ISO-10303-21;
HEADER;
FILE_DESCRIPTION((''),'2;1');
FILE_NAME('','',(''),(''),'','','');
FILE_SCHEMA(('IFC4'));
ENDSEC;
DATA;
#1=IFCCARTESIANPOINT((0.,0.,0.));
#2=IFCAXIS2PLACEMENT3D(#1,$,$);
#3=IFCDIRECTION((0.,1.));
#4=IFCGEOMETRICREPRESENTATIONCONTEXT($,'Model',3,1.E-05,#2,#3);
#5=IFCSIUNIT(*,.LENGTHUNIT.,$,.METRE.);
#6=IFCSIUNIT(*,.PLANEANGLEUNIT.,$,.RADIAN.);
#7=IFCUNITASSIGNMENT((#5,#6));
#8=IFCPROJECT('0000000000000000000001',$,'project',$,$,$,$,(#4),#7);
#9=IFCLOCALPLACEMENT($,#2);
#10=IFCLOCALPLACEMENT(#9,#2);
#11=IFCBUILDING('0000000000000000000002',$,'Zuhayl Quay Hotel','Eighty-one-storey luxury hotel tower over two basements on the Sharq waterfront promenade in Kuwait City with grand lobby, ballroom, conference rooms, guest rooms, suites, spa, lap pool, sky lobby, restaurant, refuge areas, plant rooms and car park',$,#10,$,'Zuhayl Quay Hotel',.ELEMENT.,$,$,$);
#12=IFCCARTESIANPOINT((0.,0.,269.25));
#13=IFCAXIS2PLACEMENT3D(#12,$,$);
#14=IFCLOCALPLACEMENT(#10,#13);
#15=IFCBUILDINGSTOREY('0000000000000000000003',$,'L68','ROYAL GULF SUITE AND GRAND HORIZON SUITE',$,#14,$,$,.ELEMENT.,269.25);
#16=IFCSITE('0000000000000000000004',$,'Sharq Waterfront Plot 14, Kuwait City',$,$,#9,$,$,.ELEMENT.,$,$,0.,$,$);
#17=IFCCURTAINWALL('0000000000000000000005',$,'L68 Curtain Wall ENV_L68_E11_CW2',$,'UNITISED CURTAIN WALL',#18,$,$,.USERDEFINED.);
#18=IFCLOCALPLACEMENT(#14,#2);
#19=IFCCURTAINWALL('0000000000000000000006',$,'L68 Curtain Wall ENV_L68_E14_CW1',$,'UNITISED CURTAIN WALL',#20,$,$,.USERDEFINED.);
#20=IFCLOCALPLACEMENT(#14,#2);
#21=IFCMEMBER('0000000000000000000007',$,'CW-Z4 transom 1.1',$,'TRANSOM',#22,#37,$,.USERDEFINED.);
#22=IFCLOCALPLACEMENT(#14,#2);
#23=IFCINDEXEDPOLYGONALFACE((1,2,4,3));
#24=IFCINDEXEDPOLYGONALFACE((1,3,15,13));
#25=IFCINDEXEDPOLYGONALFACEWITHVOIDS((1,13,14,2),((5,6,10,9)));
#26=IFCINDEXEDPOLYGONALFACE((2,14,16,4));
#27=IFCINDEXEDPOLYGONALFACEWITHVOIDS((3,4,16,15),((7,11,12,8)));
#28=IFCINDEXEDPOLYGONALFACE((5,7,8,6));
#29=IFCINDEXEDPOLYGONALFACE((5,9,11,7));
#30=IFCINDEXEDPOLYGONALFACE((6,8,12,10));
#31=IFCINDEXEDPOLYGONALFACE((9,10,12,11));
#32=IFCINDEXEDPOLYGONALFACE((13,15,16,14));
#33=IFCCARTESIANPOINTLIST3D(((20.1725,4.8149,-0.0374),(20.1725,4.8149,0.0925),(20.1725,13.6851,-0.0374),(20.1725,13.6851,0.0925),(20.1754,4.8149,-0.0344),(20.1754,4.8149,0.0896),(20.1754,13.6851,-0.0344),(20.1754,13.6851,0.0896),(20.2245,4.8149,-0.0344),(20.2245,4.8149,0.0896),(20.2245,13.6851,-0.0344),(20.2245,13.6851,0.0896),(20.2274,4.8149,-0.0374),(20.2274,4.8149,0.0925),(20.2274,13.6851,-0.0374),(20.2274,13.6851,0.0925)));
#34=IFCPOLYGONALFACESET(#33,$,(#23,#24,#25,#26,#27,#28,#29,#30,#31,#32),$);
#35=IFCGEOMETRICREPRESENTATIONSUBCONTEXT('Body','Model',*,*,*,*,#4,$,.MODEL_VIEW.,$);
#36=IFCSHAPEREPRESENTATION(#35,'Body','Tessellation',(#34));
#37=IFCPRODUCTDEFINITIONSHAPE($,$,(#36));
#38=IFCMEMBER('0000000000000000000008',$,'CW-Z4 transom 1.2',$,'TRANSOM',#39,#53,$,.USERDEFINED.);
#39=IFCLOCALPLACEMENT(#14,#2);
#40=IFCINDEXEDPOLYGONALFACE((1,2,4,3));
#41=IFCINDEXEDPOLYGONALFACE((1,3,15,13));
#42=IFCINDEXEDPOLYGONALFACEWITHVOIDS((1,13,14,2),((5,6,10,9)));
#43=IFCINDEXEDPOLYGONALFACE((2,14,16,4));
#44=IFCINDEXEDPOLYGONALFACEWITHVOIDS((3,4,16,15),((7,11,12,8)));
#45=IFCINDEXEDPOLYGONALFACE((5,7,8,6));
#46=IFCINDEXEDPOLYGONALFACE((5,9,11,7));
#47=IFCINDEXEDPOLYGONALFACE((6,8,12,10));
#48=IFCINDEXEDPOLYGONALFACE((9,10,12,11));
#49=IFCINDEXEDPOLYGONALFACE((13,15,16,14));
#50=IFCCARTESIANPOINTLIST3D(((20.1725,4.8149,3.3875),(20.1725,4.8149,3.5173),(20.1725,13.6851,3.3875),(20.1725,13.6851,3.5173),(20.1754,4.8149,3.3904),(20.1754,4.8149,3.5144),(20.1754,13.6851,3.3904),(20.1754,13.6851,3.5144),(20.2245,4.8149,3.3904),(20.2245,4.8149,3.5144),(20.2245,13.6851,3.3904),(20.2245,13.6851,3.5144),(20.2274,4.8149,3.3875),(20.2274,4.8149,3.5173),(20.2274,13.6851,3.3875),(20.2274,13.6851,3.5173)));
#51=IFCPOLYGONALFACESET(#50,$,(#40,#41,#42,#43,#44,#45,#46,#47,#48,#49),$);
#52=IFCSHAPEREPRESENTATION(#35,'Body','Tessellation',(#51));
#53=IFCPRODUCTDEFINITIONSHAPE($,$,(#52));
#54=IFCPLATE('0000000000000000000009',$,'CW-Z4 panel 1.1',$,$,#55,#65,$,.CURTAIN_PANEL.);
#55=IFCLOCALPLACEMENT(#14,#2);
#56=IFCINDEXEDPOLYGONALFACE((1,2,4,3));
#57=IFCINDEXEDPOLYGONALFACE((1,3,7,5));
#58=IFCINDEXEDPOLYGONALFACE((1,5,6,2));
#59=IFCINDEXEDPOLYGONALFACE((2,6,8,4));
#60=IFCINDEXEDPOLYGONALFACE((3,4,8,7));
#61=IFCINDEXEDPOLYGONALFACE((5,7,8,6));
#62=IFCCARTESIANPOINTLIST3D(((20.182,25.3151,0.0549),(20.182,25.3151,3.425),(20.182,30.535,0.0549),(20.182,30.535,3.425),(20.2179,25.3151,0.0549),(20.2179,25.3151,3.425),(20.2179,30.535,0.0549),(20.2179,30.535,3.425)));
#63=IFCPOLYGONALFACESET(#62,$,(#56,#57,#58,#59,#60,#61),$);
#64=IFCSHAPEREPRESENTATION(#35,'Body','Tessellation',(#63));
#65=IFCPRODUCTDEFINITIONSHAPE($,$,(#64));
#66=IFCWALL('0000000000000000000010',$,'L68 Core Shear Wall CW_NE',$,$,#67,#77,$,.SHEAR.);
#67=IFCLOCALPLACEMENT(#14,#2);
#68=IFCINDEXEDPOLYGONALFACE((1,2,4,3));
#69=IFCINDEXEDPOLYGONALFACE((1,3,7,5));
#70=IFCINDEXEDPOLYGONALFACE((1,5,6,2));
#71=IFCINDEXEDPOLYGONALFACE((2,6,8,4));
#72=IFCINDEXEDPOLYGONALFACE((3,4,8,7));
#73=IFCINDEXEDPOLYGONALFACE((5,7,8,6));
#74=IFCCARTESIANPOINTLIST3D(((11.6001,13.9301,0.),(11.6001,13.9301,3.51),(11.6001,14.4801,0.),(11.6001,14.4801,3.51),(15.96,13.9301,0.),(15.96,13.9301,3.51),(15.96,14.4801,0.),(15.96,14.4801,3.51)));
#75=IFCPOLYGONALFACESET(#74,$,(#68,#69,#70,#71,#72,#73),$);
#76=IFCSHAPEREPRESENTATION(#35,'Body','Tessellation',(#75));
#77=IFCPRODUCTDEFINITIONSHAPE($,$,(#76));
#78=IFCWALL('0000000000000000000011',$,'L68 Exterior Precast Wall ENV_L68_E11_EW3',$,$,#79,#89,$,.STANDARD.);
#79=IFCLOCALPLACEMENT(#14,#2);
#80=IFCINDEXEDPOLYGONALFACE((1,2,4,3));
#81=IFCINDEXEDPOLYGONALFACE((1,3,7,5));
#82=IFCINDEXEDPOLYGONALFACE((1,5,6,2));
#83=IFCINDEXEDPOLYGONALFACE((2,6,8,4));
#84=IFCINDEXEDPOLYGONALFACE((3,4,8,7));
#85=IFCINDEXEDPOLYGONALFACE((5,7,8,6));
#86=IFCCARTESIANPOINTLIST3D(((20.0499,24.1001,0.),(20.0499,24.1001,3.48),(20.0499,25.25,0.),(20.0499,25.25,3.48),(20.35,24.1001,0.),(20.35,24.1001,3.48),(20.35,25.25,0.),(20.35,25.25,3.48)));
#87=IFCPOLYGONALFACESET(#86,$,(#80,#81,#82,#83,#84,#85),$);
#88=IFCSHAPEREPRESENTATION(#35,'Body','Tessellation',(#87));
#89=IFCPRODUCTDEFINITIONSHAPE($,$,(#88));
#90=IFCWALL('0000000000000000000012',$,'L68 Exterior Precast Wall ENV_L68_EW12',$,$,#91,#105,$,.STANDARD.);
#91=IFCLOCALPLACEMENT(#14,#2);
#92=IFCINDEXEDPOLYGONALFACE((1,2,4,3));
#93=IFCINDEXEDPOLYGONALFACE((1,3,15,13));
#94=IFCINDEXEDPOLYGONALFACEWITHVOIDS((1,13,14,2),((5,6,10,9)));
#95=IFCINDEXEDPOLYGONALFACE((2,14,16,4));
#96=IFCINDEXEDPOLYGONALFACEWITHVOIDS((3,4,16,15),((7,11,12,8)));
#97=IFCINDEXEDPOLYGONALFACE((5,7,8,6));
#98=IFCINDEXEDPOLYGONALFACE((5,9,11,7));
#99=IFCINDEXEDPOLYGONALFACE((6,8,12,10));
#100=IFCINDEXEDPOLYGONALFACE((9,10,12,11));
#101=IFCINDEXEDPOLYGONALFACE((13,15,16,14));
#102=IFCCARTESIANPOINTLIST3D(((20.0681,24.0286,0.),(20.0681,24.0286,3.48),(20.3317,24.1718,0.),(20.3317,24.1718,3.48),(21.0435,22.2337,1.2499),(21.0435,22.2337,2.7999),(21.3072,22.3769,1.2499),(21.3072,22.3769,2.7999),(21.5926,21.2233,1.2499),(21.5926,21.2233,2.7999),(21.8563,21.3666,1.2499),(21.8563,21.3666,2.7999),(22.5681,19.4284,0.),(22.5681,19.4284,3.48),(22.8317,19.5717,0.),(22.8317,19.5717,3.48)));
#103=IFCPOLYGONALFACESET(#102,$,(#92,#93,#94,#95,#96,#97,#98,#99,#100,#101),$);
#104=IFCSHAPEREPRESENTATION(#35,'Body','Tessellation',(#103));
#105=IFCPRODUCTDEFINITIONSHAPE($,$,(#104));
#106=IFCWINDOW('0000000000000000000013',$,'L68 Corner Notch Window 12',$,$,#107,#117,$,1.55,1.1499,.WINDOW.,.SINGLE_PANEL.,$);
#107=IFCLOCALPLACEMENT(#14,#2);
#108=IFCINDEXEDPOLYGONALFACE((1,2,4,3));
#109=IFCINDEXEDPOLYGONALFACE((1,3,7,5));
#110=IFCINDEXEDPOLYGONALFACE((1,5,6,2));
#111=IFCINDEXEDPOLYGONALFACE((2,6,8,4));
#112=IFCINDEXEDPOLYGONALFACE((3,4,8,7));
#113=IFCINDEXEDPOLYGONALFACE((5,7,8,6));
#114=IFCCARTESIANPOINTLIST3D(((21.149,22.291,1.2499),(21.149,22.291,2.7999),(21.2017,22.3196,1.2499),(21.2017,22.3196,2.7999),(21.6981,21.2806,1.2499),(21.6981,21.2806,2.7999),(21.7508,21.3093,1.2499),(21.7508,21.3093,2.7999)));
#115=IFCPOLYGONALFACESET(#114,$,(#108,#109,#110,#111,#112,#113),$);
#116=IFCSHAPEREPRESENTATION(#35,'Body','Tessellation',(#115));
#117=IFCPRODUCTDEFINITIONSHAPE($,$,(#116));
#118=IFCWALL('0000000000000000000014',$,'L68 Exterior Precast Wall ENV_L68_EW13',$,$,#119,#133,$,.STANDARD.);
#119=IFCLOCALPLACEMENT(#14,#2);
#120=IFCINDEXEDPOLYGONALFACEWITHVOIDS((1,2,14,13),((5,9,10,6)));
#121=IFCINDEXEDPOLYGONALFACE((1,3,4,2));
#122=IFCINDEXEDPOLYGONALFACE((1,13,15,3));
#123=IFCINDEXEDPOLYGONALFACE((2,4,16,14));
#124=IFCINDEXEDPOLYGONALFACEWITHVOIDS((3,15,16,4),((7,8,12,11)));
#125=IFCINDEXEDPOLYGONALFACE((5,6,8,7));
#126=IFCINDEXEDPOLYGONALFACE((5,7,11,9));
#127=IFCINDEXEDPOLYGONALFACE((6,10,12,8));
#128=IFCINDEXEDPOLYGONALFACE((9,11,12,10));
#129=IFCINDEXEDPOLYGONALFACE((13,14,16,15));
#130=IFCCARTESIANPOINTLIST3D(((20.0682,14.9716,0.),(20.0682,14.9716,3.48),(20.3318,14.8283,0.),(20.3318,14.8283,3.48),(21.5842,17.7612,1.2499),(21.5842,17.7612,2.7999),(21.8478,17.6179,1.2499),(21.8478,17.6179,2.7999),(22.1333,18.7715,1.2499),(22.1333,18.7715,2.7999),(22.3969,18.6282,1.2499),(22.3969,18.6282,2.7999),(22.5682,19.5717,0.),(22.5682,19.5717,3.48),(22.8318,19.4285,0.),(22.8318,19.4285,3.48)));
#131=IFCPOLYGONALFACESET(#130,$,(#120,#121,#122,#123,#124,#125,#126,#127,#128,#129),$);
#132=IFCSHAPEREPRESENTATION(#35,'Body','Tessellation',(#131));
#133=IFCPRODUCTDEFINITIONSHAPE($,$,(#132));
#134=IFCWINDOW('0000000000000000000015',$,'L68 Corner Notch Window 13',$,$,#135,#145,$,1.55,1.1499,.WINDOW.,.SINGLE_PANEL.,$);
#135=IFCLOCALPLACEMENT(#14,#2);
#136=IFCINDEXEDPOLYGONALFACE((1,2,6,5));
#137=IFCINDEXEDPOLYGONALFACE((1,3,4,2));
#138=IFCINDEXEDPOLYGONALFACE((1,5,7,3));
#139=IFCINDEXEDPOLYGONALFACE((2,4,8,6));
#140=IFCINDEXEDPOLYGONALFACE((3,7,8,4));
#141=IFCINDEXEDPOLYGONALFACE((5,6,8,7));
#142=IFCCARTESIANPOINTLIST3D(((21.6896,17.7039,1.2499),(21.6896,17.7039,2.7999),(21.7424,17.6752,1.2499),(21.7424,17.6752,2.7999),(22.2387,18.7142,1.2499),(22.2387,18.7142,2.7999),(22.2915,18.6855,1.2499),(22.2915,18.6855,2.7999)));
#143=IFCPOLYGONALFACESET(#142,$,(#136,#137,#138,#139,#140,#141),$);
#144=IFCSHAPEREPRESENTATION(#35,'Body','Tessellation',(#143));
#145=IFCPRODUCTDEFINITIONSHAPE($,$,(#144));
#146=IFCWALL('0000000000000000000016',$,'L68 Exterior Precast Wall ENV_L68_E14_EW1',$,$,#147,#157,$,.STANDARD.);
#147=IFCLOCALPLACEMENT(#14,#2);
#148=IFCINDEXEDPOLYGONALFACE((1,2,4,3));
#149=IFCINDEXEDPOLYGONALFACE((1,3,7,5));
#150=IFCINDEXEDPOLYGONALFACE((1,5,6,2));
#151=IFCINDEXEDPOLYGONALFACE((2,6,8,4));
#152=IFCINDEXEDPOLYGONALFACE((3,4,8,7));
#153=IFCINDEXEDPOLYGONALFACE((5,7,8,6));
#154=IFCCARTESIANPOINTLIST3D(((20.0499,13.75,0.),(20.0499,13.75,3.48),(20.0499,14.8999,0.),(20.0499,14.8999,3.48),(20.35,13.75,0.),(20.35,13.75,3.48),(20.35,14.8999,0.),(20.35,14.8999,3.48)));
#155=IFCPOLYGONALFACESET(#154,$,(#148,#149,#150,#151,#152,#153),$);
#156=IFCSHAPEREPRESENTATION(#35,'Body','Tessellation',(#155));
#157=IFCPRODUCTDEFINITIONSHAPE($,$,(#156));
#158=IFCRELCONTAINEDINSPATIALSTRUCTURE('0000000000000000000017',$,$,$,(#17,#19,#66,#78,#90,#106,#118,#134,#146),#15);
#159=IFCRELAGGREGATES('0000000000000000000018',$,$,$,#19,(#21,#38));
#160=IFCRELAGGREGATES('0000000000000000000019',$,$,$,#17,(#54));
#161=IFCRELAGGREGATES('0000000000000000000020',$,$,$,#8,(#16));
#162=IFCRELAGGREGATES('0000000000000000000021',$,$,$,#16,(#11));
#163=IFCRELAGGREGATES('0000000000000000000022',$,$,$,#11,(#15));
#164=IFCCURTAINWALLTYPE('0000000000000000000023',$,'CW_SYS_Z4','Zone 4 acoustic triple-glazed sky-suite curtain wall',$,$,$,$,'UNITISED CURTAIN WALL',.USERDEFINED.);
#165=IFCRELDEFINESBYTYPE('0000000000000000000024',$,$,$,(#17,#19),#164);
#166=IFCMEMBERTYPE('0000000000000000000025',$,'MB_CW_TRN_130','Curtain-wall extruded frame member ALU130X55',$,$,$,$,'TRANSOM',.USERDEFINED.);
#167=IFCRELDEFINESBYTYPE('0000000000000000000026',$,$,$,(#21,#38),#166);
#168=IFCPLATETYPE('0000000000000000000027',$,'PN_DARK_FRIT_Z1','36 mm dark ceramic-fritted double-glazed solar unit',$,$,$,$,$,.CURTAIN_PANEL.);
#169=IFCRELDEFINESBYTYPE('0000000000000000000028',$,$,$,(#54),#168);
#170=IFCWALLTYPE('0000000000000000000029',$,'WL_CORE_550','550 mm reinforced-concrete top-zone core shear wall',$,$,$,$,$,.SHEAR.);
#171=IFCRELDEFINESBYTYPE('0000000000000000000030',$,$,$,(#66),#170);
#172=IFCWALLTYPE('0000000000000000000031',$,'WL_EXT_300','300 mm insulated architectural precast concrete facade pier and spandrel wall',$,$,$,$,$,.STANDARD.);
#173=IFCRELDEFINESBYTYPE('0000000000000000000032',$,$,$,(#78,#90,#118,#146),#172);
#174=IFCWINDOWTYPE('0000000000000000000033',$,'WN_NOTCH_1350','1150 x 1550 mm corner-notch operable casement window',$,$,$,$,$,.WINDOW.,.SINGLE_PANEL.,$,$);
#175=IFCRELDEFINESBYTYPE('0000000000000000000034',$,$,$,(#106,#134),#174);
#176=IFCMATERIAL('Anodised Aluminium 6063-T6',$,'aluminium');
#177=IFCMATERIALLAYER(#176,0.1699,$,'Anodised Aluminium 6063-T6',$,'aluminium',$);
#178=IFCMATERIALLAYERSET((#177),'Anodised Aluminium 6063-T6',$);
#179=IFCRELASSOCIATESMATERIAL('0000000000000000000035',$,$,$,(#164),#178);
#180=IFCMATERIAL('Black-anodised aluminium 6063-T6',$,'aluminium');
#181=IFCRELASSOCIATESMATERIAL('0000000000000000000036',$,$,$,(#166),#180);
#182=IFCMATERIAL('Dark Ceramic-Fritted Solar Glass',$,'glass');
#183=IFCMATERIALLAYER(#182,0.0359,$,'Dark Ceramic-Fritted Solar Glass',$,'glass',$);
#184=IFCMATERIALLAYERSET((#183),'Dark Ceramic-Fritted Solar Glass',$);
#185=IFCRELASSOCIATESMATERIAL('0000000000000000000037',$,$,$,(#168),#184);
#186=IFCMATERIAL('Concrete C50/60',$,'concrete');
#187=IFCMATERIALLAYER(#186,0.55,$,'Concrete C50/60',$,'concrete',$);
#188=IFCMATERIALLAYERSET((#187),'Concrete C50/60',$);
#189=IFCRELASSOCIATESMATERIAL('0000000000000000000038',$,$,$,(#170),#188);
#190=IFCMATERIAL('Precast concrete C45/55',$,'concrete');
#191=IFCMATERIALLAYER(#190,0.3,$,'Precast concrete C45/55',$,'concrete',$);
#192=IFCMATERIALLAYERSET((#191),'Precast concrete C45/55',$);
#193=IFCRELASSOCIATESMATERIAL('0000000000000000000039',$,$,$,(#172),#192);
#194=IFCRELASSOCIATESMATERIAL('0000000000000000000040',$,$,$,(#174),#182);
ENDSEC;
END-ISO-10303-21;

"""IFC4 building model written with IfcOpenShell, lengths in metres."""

from ifc_helpers import new_model, si_unit, direction, frame, frame_2d, origin, origin_2d, place, context, subcontext, project, spatial, rectangle, hollow_rectangle, extrude, material, layer, layer_set, material_profile, profile_set, type_object, element, fill, aggregate, save


model = new_model("IFC4")

# Units and contexts
model_context = context("Model", 3, precision=1e-05, world=origin(), true_north=direction((0.0, 1.0)))
body_context = subcontext(model_context, "Body", "Model", "MODEL_VIEW")
ifc_project = project(units=[si_unit("LENGTHUNIT", "METRE"), si_unit("PLANEANGLEUNIT", "RADIAN")], contexts=[model_context])

# Site, building, storey
site_placement = place(None, origin())
site = spatial("IfcSite", under=ifc_project, at=site_placement, Name="Sharq Waterfront Plot 14, Kuwait City", CompositionType="ELEMENT", RefElevation=0.0)
building_placement = place(site_placement, origin())
building = spatial("IfcBuilding", under=site, at=building_placement, Name="Zuhayl Quay Hotel", Description="Eighty-one-storey luxury hotel tower over two basements on the Sharq waterfront promenade in Kuwait City with grand lobby, ballroom, conference rooms, guest rooms, suites, spa, lap pool, sky lobby, restaurant, refuge areas, plant rooms and car park", LongName="Zuhayl Quay Hotel", CompositionType="ELEMENT")
storey_placement = place(building_placement, frame((0.0, 0.0, 269.25)))
storey = spatial("IfcBuildingStorey", under=building, at=storey_placement, Name="L68", Description="ROYAL GULF SUITE AND GRAND HORIZON SUITE", CompositionType="ELEMENT", Elevation=269.25)

# Curtain wall
ifc_material_1 = material(Name="Anodised Aluminium 6063-T6", Category="aluminium")
ifc_layer_1 = layer(ifc_material_1, 0.1699, Name="Anodised Aluminium 6063-T6", Category="aluminium")
ifc_layer_set_1 = layer_set([ifc_layer_1], Name="Anodised Aluminium 6063-T6")
curtain_wall_type = type_object("IfcCurtainWallType", Name="CW_SYS_Z4", Description="Zone 4 acoustic triple-glazed sky-suite curtain wall", ElementType="UNITISED CURTAIN WALL", PredefinedType="USERDEFINED", material=ifc_layer_set_1)
curtain_wall_1_placement = place(storey_placement, origin())
curtain_wall_1 = element("IfcCurtainWall", 1, at=curtain_wall_1_placement, inside=storey, type_object=curtain_wall_type, Name="L68 Curtain Wall ENV_L68_E11_CW2", ObjectType="UNITISED CURTAIN WALL", PredefinedType="USERDEFINED")
ifc_material_2 = material(Name="Black-anodised aluminium 6063-T6", Category="aluminium")

# Curtain wall, members
curtain_wall_2_placement = place(storey_placement, origin())
curtain_wall_2 = element("IfcCurtainWall", 2, at=curtain_wall_2_placement, inside=storey, type_object=curtain_wall_type, Name="L68 Curtain Wall ENV_L68_E14_CW1", ObjectType="UNITISED CURTAIN WALL", PredefinedType="USERDEFINED")
ifc_material_profile_1 = material_profile(ifc_material_2, hollow_rectangle(XDim=0.0549, YDim=0.1299, WallThickness=0.0029, at=origin_2d()), Name="ALU130X55")
ifc_profile_set_1 = profile_set([ifc_material_profile_1], Name="Black-anodised aluminium 6063-T6")
member_type_1 = type_object("IfcMemberType", Name="MB_CW_TRN_130", Description="Curtain-wall extruded frame member ALU130X55", ElementType="TRANSOM", PredefinedType="USERDEFINED", material=ifc_profile_set_1)
member_1_placement = place(storey_placement, frame((20.2, 13.6851, 0.0276), z_axis=(0.0, -1.0, 0.0), x_axis=(1.0, 0.0, 0.0)))
member_1 = element("IfcMember", 3, at=member_1_placement, type_object=member_type_1, Name="CW-Z4 transom 1.1", ObjectType="TRANSOM", PredefinedType="USERDEFINED", context=body_context, shape_type="SweptSolid", body=[
    extrude(hollow_rectangle(XDim=0.0549, YDim=0.1299, WallThickness=0.0029, at=origin_2d()), origin(), (0.0, 0.0, 1.0), 8.8701),
])
member_2_placement = place(storey_placement, frame((20.2, 13.6851, 3.4524), z_axis=(0.0, -1.0, 0.0), x_axis=(1.0, 0.0, 0.0)))
member_2 = element("IfcMember", 4, at=member_2_placement, type_object=member_type_1, Name="CW-Z4 transom 1.2", ObjectType="TRANSOM", PredefinedType="USERDEFINED", context=body_context, shape_type="SweptSolid", body=[
    extrude(hollow_rectangle(XDim=0.0549, YDim=0.1299, WallThickness=0.0029, at=origin_2d()), origin(), (0.0, 0.0, 1.0), 8.8701),
])
aggregate(curtain_wall_2, [member_1, member_2])

# Plate
ifc_material_3 = material(Name="Dark Ceramic-Fritted Solar Glass", Category="glass")
ifc_layer_2 = layer(ifc_material_3, 0.0359, Name="Dark Ceramic-Fritted Solar Glass", Category="glass")
ifc_layer_set_2 = layer_set([ifc_layer_2], Name="Dark Ceramic-Fritted Solar Glass")
plate_type = type_object("IfcPlateType", Name="PN_DARK_FRIT_Z1", Description="36 mm dark ceramic-fritted double-glazed solar unit", PredefinedType="CURTAIN_PANEL", material=ifc_layer_set_2)
plate_placement = place(storey_placement, frame((20.2, 27.925, 0.0549), z_axis=(0.0, 0.0, 1.0), x_axis=(0.0, -1.0, 0.0)))
plate = element("IfcPlate", 5, at=plate_placement, type_object=plate_type, Name="CW-Z4 panel 1.1", PredefinedType="CURTAIN_PANEL", context=body_context, shape_type="SweptSolid", body=[
    extrude(rectangle(XDim=5.22, YDim=0.0359, at=origin_2d()), origin(), (0.0, 0.0, 1.0), 3.3701),
])
aggregate(curtain_wall_1, [plate])

# Walls
ifc_material_4 = material(Name="Concrete C50/60", Category="concrete")
ifc_layer_3 = layer(ifc_material_4, 0.55, Name="Concrete C50/60", Category="concrete")
ifc_layer_set_3 = layer_set([ifc_layer_3], Name="Concrete C50/60")
wall_type_1 = type_object("IfcWallType", Name="WL_CORE_550", Description="550 mm reinforced-concrete top-zone core shear wall", PredefinedType="SHEAR", material=ifc_layer_set_3)
wall_1_placement = place(storey_placement, frame((11.6001, 14.2051, 0.0), z_axis=(0.0, 0.0, 1.0), x_axis=(1.0, 0.0, 0.0)))
element("IfcWall", 6, at=wall_1_placement, inside=storey, type_object=wall_type_1, Name="L68 Core Shear Wall CW_NE", PredefinedType="SHEAR", context=body_context, shape_type="SweptSolid", body=[
    extrude(rectangle(XDim=4.3599, YDim=0.55, at=frame_2d((2.1799, 0.0))), origin(), (0.0, 0.0, 1.0), 3.51),
])
ifc_material_5 = material(Name="Precast concrete C45/55", Category="concrete")
ifc_layer_4 = layer(ifc_material_5, 0.3, Name="Precast concrete C45/55", Category="concrete")
ifc_layer_set_4 = layer_set([ifc_layer_4], Name="Precast concrete C45/55")
wall_type_2 = type_object("IfcWallType", Name="WL_EXT_300", Description="300 mm insulated architectural precast concrete facade pier and spandrel wall", PredefinedType="STANDARD", material=ifc_layer_set_4)
wall_2_placement = place(storey_placement, frame((20.2, 25.25, 0.0), z_axis=(0.0, 0.0, 1.0), x_axis=(0.0, -1.0, 0.0)))
element("IfcWall", 7, at=wall_2_placement, inside=storey, type_object=wall_type_2, Name="L68 Exterior Precast Wall ENV_L68_E11_EW3", PredefinedType="STANDARD", context=body_context, shape_type="SweptSolid", body=[
    extrude(rectangle(XDim=1.1499, YDim=0.3, at=frame_2d((0.575, 0.0))), origin(), (0.0, 0.0, 1.0), 3.48),
])

# Walls, openings, windows
wall_3_placement = place(storey_placement, frame((20.2, 24.1001, 0.0), z_axis=(0.0, 0.0, 1.0), x_axis=(0.477505, -0.878629, 0.0)))
wall_3 = element("IfcWall", 8, at=wall_3_placement, inside=storey, type_object=wall_type_2, Name="L68 Exterior Precast Wall ENV_L68_EW12", PredefinedType="STANDARD", context=body_context, shape_type="SweptSolid", body=[
    extrude(rectangle(XDim=5.2356, YDim=0.3, at=frame_2d((2.6177, 0.0))), origin(), (0.0, 0.0, 1.0), 3.48),
])
opening_1_placement = place(wall_3_placement, frame((2.0427, 0.0, 1.25)))
opening_1 = element("IfcOpeningElement", 9, at=opening_1_placement, cuts=wall_3, PredefinedType="OPENING", context=body_context, shape_type="SweptSolid", body=[
    extrude(rectangle(XDim=1.1499, YDim=1.55, at=frame_2d((0.575, 0.7749))), frame((0.0, 0.1599, 0.0), z_axis=(0.0, -1.0, 0.0), x_axis=(1.0, 0.0, 0.0)), (0.0, 0.0, 1.0), 0.3201),
])
window_type = type_object("IfcWindowType", Name="WN_NOTCH_1350", Description="1150 x 1550 mm corner-notch operable casement window", PartitioningType="SINGLE_PANEL", PredefinedType="WINDOW", material=ifc_material_3)
window_1_placement = place(opening_1_placement, origin())
window_1 = element("IfcWindow", 10, at=window_1_placement, inside=storey, type_object=window_type, Name="L68 Corner Notch Window 12", OverallHeight=1.55, OverallWidth=1.1499, PartitioningType="SINGLE_PANEL", PredefinedType="WINDOW", context=body_context, shape_type="SweptSolid", body=[
    extrude(rectangle(XDim=1.1499, YDim=1.55, at=frame_2d((0.575, 0.7749))), frame((0.0, 0.03, 0.0), z_axis=(0.0, -1.0, 0.0), x_axis=(1.0, 0.0, 0.0)), (0.0, 0.0, 1.0), 0.0601),
])
fill(opening_1, window_1)
wall_4_placement = place(storey_placement, frame((22.7, 19.5, 0.0), z_axis=(0.0, 0.0, 1.0), x_axis=(-0.477505, -0.878629, 0.0)))
wall_4 = element("IfcWall", 11, at=wall_4_placement, inside=storey, type_object=wall_type_2, Name="L68 Exterior Precast Wall ENV_L68_EW13", PredefinedType="STANDARD", context=body_context, shape_type="SweptSolid", body=[
    extrude(rectangle(XDim=5.2356, YDim=0.3, at=frame_2d((2.6177, 0.0))), origin(), (0.0, 0.0, 1.0), 3.48),
])
opening_2_placement = place(wall_4_placement, frame((0.9106, 0.0, 1.25)))
opening_2 = element("IfcOpeningElement", 12, at=opening_2_placement, cuts=wall_4, PredefinedType="OPENING", context=body_context, shape_type="SweptSolid", body=[
    extrude(rectangle(XDim=1.1499, YDim=1.55, at=frame_2d((0.575, 0.7749))), frame((0.0, 0.1599, 0.0), z_axis=(0.0, -1.0, 0.0), x_axis=(1.0, 0.0, 0.0)), (0.0, 0.0, 1.0), 0.3201),
])
window_2_placement = place(opening_2_placement, origin())
window_2 = element("IfcWindow", 13, at=window_2_placement, inside=storey, type_object=window_type, Name="L68 Corner Notch Window 13", OverallHeight=1.55, OverallWidth=1.1499, PartitioningType="SINGLE_PANEL", PredefinedType="WINDOW", context=body_context, shape_type="SweptSolid", body=[
    extrude(rectangle(XDim=1.1499, YDim=1.55, at=frame_2d((0.575, 0.7749))), frame((0.0, 0.03, 0.0), z_axis=(0.0, -1.0, 0.0), x_axis=(1.0, 0.0, 0.0)), (0.0, 0.0, 1.0), 0.0601),
])
fill(opening_2, window_2)

# Wall
wall_5_placement = place(storey_placement, frame((20.2, 14.8999, 0.0), z_axis=(0.0, 0.0, 1.0), x_axis=(0.0, -1.0, 0.0)))
element("IfcWall", 14, at=wall_5_placement, inside=storey, type_object=wall_type_2, Name="L68 Exterior Precast Wall ENV_L68_E14_EW1", PredefinedType="STANDARD", context=body_context, shape_type="SweptSolid", body=[
    extrude(rectangle(XDim=1.1499, YDim=0.3, at=frame_2d((0.575, 0.0))), origin(), (0.0, 0.0, 1.0), 3.48),
])

save(model, "model.ifc")
